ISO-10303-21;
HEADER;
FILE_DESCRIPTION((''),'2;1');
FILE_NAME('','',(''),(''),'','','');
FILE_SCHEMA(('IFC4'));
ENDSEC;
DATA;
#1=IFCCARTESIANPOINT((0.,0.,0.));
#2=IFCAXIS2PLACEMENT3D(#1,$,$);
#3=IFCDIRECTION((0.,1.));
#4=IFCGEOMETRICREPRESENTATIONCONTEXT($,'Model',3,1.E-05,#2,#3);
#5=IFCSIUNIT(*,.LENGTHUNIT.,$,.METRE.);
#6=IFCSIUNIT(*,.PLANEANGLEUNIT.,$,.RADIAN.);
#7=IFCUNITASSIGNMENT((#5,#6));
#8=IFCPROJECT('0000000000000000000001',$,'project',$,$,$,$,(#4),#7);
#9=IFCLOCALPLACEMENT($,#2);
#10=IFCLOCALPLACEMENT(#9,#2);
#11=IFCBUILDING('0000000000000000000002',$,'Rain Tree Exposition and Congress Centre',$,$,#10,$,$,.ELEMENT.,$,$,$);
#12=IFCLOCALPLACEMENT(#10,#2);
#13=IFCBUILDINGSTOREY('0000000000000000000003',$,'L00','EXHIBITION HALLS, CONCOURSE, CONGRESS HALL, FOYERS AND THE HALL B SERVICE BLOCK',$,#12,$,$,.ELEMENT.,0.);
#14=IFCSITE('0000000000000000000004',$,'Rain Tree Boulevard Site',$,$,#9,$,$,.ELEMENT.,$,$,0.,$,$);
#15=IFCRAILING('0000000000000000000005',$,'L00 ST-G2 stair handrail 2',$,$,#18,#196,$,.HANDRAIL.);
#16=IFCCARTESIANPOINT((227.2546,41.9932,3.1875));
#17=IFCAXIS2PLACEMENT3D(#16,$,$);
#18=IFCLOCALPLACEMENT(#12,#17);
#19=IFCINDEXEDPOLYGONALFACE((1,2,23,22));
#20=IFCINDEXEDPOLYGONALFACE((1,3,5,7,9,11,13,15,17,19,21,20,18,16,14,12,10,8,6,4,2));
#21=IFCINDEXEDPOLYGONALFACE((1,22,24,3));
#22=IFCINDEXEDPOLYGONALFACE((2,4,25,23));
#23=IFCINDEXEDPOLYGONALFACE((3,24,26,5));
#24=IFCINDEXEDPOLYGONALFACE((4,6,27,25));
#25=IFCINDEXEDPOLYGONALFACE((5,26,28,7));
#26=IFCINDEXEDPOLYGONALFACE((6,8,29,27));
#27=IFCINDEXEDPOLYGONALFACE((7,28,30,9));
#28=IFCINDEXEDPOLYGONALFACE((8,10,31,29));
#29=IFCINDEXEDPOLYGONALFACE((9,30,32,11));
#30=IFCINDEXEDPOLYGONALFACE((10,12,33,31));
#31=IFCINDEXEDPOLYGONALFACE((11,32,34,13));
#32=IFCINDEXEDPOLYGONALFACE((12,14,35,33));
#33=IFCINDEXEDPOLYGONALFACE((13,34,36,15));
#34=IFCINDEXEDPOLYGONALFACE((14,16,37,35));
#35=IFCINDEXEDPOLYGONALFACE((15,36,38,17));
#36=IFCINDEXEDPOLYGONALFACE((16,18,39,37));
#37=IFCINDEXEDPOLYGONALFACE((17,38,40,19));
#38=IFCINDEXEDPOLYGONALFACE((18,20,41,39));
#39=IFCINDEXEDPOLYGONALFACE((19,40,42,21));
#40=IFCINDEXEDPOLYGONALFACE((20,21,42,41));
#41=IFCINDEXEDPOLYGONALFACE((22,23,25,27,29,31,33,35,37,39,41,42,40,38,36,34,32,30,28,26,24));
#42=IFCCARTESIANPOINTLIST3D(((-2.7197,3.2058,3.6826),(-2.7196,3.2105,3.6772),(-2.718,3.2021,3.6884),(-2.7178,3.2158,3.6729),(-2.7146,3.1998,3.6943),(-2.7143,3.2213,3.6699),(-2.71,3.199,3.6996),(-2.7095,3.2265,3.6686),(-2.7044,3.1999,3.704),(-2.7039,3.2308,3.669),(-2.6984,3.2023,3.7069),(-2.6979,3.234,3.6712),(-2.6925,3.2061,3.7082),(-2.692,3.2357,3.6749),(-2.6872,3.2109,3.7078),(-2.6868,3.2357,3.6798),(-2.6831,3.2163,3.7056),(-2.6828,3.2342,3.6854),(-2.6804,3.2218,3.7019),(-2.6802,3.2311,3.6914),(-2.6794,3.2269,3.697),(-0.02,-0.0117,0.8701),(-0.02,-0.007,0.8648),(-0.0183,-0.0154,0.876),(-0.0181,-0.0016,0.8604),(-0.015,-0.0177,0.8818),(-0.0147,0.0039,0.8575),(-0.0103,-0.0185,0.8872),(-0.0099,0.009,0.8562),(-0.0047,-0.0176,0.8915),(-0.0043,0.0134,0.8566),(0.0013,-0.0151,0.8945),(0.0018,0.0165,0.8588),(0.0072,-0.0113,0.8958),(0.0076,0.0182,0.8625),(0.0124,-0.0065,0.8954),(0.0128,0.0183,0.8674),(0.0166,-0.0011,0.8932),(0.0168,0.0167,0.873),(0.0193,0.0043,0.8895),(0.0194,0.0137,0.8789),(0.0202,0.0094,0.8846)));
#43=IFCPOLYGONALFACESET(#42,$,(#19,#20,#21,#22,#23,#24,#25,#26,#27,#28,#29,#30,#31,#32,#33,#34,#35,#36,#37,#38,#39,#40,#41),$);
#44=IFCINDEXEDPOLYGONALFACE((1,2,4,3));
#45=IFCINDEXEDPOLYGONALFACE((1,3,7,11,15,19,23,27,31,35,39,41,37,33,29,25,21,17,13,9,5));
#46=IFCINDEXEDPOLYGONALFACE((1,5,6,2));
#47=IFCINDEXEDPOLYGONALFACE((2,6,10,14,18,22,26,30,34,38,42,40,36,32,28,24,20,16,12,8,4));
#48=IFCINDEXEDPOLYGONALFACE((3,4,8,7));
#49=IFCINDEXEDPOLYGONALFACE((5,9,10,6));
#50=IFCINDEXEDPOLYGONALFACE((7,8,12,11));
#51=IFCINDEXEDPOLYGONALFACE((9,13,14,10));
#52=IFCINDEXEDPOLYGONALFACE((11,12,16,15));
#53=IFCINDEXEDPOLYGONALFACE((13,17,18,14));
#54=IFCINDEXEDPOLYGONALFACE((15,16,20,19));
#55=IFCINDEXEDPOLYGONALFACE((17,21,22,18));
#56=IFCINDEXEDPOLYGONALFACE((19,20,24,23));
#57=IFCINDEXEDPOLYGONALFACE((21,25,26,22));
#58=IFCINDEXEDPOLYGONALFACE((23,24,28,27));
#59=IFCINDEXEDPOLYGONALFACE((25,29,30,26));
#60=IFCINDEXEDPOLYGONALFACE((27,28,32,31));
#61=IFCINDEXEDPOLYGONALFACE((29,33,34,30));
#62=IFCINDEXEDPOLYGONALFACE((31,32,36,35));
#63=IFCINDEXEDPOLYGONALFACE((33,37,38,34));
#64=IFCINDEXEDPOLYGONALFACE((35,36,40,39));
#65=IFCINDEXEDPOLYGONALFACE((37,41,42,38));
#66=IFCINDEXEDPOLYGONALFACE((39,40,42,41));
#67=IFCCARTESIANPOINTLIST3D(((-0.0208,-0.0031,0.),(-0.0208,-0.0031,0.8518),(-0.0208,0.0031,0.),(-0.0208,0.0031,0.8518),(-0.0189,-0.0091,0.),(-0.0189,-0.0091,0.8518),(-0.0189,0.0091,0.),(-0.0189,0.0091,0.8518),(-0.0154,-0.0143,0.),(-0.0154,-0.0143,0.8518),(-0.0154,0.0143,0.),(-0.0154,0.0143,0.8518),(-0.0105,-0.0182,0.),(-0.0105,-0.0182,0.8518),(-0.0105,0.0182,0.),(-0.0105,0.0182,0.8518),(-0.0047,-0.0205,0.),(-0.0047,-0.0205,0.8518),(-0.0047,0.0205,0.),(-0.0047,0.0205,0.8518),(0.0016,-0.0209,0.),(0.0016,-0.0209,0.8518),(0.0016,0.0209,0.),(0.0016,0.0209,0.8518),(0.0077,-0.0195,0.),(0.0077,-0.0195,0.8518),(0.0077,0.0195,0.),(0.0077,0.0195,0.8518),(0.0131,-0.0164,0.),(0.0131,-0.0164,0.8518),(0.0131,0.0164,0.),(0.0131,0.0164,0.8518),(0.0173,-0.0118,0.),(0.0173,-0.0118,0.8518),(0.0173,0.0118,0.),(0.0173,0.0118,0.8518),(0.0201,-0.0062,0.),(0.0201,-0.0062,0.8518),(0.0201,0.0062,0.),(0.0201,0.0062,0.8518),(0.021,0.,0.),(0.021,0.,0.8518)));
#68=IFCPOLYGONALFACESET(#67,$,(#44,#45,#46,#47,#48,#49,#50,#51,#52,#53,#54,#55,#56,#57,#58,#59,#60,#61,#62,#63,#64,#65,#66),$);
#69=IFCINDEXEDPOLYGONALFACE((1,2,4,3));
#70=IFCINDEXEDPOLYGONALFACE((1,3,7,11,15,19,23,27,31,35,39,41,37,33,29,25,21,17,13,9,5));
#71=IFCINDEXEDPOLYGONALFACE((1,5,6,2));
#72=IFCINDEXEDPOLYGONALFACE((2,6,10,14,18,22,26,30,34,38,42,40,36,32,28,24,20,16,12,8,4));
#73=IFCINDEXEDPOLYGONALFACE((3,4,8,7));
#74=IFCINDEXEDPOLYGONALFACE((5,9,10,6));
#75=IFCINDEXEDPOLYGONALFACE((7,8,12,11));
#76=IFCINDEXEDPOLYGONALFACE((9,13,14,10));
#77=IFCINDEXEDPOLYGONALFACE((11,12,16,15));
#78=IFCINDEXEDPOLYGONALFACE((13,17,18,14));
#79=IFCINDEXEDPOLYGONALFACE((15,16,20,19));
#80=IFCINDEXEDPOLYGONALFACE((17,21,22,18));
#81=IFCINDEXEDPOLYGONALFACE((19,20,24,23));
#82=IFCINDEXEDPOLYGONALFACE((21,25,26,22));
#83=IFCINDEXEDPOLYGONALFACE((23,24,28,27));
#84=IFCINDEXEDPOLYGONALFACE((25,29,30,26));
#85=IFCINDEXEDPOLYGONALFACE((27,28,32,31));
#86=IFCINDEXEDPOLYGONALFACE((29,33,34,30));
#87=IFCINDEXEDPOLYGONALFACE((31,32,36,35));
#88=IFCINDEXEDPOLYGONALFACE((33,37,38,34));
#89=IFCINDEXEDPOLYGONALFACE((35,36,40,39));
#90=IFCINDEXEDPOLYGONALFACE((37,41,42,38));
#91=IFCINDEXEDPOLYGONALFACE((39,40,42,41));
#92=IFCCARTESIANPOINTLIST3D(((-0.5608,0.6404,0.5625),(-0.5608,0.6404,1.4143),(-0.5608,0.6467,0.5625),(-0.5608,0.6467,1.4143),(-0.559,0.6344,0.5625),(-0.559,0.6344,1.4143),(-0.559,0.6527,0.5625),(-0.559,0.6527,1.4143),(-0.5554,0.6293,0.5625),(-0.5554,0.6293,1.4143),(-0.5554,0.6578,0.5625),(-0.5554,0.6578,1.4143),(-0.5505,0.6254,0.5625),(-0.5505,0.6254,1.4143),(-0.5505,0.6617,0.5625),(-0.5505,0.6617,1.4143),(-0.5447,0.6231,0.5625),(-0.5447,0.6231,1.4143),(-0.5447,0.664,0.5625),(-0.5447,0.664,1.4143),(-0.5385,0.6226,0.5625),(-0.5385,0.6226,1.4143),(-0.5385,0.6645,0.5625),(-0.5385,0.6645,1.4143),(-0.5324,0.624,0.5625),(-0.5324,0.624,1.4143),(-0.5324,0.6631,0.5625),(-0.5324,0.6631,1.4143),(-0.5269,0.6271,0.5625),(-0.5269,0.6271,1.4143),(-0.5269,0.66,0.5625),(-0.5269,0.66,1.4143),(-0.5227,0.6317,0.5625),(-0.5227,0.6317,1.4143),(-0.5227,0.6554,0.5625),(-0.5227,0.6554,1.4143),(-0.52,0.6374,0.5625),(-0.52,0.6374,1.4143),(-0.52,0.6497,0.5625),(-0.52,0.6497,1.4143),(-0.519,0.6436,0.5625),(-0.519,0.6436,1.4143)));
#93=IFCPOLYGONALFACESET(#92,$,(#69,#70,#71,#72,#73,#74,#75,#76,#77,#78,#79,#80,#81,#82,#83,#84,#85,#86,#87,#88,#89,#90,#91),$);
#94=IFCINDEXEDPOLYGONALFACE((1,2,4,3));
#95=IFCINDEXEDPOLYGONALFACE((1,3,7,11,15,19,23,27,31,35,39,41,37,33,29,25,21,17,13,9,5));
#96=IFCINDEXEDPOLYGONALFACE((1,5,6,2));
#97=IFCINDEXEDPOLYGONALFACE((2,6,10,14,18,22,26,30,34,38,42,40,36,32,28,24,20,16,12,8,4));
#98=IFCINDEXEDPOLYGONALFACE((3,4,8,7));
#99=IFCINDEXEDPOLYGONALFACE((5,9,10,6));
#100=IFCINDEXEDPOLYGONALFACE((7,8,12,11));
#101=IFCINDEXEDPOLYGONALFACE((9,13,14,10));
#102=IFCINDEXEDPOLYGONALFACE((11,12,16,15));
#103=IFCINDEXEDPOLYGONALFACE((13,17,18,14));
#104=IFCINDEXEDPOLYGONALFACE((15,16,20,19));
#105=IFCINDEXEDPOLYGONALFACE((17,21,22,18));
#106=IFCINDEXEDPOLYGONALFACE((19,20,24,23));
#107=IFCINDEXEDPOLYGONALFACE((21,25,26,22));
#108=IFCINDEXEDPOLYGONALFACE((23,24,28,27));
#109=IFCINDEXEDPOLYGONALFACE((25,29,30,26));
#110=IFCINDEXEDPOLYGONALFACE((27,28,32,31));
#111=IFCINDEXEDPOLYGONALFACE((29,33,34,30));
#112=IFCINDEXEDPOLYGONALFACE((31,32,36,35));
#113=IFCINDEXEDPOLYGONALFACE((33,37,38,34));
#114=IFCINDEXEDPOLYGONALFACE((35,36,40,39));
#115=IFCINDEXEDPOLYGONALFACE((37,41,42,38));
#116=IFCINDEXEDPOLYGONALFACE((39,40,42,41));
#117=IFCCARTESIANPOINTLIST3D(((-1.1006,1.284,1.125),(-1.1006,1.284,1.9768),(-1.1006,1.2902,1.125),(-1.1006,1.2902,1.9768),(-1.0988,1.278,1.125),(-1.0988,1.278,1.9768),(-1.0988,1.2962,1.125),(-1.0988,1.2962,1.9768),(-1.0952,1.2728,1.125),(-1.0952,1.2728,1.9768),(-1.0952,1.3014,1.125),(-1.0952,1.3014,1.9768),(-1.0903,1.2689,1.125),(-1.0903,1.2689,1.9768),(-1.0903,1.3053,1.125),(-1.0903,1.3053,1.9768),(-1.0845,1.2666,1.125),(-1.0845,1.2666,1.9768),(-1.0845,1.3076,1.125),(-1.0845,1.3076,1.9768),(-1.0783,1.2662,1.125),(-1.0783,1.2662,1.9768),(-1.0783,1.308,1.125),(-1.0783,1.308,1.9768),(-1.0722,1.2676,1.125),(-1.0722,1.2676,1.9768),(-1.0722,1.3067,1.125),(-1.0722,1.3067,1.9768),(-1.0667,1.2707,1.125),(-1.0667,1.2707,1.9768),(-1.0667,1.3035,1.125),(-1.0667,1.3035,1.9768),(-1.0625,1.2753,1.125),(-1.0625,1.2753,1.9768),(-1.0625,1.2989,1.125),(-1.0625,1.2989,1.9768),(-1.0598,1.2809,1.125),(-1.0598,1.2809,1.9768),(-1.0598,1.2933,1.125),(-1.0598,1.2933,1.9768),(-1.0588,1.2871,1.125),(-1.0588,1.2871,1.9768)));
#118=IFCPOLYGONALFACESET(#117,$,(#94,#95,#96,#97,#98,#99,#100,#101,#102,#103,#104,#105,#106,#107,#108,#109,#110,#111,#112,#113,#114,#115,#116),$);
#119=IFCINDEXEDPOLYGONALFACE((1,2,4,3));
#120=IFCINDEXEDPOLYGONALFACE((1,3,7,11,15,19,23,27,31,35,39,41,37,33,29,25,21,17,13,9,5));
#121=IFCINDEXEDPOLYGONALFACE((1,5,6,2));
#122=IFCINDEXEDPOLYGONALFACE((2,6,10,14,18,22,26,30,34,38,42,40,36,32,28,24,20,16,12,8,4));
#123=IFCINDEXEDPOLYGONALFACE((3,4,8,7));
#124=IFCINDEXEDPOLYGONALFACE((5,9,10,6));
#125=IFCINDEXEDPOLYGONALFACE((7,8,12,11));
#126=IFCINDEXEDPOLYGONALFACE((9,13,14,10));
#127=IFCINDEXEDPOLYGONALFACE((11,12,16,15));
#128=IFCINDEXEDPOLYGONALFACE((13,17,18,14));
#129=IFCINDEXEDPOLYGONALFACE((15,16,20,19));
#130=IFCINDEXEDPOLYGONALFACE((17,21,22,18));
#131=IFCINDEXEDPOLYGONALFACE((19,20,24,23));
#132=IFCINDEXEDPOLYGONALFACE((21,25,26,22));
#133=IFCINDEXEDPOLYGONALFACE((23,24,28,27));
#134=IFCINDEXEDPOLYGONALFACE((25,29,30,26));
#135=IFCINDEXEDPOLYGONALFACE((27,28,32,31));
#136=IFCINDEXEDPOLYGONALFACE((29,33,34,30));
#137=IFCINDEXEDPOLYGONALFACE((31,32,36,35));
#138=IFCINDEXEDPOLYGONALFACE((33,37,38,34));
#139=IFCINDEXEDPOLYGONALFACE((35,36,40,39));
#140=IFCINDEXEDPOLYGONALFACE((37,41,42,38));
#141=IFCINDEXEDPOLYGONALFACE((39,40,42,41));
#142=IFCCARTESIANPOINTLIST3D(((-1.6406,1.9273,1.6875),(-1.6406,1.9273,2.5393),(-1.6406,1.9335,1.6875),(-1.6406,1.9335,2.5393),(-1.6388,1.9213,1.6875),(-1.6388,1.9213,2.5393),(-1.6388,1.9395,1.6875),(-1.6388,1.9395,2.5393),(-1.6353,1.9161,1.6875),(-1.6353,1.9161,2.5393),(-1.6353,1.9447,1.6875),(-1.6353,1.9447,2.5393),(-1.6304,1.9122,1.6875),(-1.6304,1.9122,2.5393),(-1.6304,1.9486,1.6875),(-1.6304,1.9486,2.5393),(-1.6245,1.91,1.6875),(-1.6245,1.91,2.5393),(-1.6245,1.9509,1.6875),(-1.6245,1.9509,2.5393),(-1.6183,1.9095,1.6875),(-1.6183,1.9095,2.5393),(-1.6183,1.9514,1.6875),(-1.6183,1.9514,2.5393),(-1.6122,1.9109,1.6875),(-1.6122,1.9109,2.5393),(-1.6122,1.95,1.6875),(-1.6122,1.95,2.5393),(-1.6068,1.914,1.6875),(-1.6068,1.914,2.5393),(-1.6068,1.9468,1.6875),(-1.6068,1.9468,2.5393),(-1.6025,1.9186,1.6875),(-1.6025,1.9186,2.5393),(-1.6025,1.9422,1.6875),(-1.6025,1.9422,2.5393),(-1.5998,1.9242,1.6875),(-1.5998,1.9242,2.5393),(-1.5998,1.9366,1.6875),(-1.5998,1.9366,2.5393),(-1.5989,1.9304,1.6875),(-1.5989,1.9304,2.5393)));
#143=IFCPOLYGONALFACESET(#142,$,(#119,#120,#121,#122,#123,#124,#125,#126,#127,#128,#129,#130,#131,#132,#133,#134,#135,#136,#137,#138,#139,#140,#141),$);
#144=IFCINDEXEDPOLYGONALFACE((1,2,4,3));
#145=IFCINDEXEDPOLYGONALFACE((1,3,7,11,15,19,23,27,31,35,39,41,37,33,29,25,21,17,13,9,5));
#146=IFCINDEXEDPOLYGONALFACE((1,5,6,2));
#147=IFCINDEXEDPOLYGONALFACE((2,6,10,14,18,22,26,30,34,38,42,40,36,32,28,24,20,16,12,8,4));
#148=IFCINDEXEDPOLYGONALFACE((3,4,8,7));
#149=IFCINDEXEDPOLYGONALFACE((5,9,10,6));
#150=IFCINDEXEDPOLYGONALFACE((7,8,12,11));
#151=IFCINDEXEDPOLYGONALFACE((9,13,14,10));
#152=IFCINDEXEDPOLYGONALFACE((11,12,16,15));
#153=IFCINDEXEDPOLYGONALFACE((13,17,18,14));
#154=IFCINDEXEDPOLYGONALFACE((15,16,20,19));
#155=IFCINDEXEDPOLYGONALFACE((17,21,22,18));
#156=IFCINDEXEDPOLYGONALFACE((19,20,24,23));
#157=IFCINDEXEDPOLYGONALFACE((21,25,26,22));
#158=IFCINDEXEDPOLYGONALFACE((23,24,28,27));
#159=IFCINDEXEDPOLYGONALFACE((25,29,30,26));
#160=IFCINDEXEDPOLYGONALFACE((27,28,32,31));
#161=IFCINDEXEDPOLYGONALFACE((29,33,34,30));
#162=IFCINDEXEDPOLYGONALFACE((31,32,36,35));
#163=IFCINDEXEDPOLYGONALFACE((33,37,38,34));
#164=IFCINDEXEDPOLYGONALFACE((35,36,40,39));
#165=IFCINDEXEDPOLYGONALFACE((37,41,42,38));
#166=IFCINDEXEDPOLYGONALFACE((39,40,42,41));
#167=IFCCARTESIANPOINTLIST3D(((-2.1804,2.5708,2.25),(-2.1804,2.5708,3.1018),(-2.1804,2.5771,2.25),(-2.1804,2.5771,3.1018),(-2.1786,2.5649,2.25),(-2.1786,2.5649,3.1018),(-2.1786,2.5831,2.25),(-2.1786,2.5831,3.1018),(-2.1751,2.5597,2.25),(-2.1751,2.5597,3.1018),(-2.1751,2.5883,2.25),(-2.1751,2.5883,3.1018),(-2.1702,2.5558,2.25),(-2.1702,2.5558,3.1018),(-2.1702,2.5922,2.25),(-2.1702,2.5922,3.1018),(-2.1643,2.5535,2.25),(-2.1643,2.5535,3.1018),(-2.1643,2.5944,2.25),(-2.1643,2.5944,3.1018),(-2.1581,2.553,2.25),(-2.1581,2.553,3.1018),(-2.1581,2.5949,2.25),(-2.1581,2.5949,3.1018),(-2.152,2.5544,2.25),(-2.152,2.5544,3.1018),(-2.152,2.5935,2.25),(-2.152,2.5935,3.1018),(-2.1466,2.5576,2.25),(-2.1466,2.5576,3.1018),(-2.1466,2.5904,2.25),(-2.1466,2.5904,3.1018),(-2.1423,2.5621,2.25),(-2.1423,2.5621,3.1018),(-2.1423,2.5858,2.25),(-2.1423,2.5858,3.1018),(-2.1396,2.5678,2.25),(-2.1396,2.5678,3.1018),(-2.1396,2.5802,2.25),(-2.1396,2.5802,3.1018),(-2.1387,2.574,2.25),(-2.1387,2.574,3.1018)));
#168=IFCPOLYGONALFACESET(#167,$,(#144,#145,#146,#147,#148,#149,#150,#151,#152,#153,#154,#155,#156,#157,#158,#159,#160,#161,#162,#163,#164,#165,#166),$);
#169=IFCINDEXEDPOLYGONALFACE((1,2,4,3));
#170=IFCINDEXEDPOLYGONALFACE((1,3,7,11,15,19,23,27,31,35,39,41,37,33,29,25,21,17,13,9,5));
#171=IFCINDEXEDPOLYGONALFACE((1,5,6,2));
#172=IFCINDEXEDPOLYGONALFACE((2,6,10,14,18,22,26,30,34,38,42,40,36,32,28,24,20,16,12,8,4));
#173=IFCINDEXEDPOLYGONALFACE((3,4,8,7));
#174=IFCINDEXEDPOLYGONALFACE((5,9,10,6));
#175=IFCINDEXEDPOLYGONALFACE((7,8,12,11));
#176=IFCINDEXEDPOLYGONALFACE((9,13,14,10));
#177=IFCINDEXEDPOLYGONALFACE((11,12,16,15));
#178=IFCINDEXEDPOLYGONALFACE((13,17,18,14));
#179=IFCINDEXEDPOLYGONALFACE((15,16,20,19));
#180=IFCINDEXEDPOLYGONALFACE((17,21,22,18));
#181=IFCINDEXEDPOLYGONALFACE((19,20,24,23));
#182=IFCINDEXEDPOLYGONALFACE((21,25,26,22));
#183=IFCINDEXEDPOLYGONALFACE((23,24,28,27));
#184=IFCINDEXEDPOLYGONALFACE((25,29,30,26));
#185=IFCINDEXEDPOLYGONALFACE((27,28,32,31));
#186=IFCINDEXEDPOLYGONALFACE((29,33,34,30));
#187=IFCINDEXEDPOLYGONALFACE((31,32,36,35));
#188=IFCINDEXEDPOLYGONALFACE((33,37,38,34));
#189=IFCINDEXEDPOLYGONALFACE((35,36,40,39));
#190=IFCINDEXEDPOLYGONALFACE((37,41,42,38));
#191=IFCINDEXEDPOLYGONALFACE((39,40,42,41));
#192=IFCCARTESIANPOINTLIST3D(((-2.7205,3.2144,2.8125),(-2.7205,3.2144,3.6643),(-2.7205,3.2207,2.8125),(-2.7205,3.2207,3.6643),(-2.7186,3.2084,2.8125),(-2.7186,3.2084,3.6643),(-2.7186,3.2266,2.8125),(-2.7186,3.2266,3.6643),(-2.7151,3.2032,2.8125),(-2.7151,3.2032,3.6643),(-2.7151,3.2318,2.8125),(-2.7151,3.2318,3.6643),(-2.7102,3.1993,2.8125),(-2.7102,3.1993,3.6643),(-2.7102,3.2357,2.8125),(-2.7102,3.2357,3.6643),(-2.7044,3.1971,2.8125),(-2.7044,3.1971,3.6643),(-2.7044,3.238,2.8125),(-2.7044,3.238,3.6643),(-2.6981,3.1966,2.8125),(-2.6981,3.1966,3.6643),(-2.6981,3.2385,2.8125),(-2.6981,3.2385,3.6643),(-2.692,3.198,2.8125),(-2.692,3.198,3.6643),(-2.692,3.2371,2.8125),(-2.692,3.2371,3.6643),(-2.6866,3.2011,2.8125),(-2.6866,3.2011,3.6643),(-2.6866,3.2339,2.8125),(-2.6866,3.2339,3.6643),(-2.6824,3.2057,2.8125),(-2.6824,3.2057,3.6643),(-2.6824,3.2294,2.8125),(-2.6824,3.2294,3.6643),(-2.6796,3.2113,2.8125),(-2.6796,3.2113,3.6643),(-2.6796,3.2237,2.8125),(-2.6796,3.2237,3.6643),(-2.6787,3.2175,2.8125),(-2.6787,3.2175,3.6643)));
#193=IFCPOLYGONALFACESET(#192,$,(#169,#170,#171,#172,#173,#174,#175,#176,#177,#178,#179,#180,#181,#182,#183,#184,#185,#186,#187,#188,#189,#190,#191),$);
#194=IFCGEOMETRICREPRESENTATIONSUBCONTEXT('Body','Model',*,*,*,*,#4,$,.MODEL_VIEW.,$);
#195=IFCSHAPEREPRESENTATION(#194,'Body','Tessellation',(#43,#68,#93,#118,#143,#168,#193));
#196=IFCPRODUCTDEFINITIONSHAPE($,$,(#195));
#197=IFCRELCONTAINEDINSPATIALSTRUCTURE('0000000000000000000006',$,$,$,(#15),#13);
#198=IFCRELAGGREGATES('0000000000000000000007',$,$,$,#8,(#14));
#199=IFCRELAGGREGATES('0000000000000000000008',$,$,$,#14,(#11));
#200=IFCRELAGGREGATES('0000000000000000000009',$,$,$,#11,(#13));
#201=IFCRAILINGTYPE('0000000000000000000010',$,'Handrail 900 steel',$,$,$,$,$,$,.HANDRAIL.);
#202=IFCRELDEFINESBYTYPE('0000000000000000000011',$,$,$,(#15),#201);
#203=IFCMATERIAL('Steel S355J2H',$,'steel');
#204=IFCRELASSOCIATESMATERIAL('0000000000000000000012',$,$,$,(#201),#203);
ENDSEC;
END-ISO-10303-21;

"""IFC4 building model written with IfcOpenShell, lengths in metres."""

from ifc_helpers import new_model, si_unit, direction, frame, origin, origin_2d, place, context, subcontext, project, spatial, circle, extrude, material, type_object, element, save


model = new_model("IFC4")

# Units and contexts
model_context = context("Model", 3, precision=1e-05, world=origin(), true_north=direction((0.0, 1.0)))
body_context = subcontext(model_context, "Body", "Model", "MODEL_VIEW")
ifc_project = project(units=[si_unit("LENGTHUNIT", "METRE"), si_unit("PLANEANGLEUNIT", "RADIAN")], contexts=[model_context])

# Site, building, storey
site_placement = place(None, origin())
site = spatial("IfcSite", under=ifc_project, at=site_placement, Name="Rain Tree Boulevard Site", CompositionType="ELEMENT", RefElevation=0.0)
building_placement = place(site_placement, origin())
building = spatial("IfcBuilding", under=site, at=building_placement, Name="Rain Tree Exposition and Congress Centre", CompositionType="ELEMENT")
storey_placement = place(building_placement, origin())
storey = spatial("IfcBuildingStorey", under=building, at=storey_placement, Name="L00", Description="EXHIBITION HALLS, CONCOURSE, CONGRESS HALL, FOYERS AND THE HALL B SERVICE BLOCK", CompositionType="ELEMENT", Elevation=0.0)

# Railing
ifc_material_1 = material(Name="Steel S355J2H", Category="steel")
railing_type_1 = type_object("IfcRailingType", Name="Handrail 900 steel", PredefinedType="HANDRAIL", material=ifc_material_1)
railing_1_placement = place(storey_placement, frame((227.2546, 41.9932, 3.1875)))
element("IfcRailing", 1, at=railing_1_placement, inside=storey, type_object=railing_type_1, Name="L00 ST-G2 stair handrail 2", PredefinedType="HANDRAIL", context=body_context, shape_type="SweptSolid", body=[
    extrude(circle(Radius=0.0239, at=origin_2d()), frame((0.0, 0.0, 0.876), z_axis=(-0.534087, 0.636529, 0.556401), x_axis=(-0.766059, -0.642771, 0.0)), (0.0, 0.0, 1.0), 5.0547),
    extrude(circle(Radius=0.021, at=origin_2d()), origin(), (0.0, 0.0, 1.0), 0.8518),
    extrude(circle(Radius=0.021, at=origin_2d()), frame((-0.54, 0.6436, 0.5625)), (0.0, 0.0, 1.0), 0.8518),
    extrude(circle(Radius=0.021, at=origin_2d()), frame((-1.0798, 1.2871, 1.125)), (0.0, 0.0, 1.0), 0.8518),
    extrude(circle(Radius=0.021, at=origin_2d()), frame((-1.6199, 1.9304, 1.6875)), (0.0, 0.0, 1.0), 0.8518),
    extrude(circle(Radius=0.021, at=origin_2d()), frame((-2.1597, 2.574, 2.25)), (0.0, 0.0, 1.0), 0.8518),
    extrude(circle(Radius=0.021, at=origin_2d()), frame((-2.6997, 3.2175, 2.8125)), (0.0, 0.0, 1.0), 0.8518),
])

save(model, "model.ifc")
